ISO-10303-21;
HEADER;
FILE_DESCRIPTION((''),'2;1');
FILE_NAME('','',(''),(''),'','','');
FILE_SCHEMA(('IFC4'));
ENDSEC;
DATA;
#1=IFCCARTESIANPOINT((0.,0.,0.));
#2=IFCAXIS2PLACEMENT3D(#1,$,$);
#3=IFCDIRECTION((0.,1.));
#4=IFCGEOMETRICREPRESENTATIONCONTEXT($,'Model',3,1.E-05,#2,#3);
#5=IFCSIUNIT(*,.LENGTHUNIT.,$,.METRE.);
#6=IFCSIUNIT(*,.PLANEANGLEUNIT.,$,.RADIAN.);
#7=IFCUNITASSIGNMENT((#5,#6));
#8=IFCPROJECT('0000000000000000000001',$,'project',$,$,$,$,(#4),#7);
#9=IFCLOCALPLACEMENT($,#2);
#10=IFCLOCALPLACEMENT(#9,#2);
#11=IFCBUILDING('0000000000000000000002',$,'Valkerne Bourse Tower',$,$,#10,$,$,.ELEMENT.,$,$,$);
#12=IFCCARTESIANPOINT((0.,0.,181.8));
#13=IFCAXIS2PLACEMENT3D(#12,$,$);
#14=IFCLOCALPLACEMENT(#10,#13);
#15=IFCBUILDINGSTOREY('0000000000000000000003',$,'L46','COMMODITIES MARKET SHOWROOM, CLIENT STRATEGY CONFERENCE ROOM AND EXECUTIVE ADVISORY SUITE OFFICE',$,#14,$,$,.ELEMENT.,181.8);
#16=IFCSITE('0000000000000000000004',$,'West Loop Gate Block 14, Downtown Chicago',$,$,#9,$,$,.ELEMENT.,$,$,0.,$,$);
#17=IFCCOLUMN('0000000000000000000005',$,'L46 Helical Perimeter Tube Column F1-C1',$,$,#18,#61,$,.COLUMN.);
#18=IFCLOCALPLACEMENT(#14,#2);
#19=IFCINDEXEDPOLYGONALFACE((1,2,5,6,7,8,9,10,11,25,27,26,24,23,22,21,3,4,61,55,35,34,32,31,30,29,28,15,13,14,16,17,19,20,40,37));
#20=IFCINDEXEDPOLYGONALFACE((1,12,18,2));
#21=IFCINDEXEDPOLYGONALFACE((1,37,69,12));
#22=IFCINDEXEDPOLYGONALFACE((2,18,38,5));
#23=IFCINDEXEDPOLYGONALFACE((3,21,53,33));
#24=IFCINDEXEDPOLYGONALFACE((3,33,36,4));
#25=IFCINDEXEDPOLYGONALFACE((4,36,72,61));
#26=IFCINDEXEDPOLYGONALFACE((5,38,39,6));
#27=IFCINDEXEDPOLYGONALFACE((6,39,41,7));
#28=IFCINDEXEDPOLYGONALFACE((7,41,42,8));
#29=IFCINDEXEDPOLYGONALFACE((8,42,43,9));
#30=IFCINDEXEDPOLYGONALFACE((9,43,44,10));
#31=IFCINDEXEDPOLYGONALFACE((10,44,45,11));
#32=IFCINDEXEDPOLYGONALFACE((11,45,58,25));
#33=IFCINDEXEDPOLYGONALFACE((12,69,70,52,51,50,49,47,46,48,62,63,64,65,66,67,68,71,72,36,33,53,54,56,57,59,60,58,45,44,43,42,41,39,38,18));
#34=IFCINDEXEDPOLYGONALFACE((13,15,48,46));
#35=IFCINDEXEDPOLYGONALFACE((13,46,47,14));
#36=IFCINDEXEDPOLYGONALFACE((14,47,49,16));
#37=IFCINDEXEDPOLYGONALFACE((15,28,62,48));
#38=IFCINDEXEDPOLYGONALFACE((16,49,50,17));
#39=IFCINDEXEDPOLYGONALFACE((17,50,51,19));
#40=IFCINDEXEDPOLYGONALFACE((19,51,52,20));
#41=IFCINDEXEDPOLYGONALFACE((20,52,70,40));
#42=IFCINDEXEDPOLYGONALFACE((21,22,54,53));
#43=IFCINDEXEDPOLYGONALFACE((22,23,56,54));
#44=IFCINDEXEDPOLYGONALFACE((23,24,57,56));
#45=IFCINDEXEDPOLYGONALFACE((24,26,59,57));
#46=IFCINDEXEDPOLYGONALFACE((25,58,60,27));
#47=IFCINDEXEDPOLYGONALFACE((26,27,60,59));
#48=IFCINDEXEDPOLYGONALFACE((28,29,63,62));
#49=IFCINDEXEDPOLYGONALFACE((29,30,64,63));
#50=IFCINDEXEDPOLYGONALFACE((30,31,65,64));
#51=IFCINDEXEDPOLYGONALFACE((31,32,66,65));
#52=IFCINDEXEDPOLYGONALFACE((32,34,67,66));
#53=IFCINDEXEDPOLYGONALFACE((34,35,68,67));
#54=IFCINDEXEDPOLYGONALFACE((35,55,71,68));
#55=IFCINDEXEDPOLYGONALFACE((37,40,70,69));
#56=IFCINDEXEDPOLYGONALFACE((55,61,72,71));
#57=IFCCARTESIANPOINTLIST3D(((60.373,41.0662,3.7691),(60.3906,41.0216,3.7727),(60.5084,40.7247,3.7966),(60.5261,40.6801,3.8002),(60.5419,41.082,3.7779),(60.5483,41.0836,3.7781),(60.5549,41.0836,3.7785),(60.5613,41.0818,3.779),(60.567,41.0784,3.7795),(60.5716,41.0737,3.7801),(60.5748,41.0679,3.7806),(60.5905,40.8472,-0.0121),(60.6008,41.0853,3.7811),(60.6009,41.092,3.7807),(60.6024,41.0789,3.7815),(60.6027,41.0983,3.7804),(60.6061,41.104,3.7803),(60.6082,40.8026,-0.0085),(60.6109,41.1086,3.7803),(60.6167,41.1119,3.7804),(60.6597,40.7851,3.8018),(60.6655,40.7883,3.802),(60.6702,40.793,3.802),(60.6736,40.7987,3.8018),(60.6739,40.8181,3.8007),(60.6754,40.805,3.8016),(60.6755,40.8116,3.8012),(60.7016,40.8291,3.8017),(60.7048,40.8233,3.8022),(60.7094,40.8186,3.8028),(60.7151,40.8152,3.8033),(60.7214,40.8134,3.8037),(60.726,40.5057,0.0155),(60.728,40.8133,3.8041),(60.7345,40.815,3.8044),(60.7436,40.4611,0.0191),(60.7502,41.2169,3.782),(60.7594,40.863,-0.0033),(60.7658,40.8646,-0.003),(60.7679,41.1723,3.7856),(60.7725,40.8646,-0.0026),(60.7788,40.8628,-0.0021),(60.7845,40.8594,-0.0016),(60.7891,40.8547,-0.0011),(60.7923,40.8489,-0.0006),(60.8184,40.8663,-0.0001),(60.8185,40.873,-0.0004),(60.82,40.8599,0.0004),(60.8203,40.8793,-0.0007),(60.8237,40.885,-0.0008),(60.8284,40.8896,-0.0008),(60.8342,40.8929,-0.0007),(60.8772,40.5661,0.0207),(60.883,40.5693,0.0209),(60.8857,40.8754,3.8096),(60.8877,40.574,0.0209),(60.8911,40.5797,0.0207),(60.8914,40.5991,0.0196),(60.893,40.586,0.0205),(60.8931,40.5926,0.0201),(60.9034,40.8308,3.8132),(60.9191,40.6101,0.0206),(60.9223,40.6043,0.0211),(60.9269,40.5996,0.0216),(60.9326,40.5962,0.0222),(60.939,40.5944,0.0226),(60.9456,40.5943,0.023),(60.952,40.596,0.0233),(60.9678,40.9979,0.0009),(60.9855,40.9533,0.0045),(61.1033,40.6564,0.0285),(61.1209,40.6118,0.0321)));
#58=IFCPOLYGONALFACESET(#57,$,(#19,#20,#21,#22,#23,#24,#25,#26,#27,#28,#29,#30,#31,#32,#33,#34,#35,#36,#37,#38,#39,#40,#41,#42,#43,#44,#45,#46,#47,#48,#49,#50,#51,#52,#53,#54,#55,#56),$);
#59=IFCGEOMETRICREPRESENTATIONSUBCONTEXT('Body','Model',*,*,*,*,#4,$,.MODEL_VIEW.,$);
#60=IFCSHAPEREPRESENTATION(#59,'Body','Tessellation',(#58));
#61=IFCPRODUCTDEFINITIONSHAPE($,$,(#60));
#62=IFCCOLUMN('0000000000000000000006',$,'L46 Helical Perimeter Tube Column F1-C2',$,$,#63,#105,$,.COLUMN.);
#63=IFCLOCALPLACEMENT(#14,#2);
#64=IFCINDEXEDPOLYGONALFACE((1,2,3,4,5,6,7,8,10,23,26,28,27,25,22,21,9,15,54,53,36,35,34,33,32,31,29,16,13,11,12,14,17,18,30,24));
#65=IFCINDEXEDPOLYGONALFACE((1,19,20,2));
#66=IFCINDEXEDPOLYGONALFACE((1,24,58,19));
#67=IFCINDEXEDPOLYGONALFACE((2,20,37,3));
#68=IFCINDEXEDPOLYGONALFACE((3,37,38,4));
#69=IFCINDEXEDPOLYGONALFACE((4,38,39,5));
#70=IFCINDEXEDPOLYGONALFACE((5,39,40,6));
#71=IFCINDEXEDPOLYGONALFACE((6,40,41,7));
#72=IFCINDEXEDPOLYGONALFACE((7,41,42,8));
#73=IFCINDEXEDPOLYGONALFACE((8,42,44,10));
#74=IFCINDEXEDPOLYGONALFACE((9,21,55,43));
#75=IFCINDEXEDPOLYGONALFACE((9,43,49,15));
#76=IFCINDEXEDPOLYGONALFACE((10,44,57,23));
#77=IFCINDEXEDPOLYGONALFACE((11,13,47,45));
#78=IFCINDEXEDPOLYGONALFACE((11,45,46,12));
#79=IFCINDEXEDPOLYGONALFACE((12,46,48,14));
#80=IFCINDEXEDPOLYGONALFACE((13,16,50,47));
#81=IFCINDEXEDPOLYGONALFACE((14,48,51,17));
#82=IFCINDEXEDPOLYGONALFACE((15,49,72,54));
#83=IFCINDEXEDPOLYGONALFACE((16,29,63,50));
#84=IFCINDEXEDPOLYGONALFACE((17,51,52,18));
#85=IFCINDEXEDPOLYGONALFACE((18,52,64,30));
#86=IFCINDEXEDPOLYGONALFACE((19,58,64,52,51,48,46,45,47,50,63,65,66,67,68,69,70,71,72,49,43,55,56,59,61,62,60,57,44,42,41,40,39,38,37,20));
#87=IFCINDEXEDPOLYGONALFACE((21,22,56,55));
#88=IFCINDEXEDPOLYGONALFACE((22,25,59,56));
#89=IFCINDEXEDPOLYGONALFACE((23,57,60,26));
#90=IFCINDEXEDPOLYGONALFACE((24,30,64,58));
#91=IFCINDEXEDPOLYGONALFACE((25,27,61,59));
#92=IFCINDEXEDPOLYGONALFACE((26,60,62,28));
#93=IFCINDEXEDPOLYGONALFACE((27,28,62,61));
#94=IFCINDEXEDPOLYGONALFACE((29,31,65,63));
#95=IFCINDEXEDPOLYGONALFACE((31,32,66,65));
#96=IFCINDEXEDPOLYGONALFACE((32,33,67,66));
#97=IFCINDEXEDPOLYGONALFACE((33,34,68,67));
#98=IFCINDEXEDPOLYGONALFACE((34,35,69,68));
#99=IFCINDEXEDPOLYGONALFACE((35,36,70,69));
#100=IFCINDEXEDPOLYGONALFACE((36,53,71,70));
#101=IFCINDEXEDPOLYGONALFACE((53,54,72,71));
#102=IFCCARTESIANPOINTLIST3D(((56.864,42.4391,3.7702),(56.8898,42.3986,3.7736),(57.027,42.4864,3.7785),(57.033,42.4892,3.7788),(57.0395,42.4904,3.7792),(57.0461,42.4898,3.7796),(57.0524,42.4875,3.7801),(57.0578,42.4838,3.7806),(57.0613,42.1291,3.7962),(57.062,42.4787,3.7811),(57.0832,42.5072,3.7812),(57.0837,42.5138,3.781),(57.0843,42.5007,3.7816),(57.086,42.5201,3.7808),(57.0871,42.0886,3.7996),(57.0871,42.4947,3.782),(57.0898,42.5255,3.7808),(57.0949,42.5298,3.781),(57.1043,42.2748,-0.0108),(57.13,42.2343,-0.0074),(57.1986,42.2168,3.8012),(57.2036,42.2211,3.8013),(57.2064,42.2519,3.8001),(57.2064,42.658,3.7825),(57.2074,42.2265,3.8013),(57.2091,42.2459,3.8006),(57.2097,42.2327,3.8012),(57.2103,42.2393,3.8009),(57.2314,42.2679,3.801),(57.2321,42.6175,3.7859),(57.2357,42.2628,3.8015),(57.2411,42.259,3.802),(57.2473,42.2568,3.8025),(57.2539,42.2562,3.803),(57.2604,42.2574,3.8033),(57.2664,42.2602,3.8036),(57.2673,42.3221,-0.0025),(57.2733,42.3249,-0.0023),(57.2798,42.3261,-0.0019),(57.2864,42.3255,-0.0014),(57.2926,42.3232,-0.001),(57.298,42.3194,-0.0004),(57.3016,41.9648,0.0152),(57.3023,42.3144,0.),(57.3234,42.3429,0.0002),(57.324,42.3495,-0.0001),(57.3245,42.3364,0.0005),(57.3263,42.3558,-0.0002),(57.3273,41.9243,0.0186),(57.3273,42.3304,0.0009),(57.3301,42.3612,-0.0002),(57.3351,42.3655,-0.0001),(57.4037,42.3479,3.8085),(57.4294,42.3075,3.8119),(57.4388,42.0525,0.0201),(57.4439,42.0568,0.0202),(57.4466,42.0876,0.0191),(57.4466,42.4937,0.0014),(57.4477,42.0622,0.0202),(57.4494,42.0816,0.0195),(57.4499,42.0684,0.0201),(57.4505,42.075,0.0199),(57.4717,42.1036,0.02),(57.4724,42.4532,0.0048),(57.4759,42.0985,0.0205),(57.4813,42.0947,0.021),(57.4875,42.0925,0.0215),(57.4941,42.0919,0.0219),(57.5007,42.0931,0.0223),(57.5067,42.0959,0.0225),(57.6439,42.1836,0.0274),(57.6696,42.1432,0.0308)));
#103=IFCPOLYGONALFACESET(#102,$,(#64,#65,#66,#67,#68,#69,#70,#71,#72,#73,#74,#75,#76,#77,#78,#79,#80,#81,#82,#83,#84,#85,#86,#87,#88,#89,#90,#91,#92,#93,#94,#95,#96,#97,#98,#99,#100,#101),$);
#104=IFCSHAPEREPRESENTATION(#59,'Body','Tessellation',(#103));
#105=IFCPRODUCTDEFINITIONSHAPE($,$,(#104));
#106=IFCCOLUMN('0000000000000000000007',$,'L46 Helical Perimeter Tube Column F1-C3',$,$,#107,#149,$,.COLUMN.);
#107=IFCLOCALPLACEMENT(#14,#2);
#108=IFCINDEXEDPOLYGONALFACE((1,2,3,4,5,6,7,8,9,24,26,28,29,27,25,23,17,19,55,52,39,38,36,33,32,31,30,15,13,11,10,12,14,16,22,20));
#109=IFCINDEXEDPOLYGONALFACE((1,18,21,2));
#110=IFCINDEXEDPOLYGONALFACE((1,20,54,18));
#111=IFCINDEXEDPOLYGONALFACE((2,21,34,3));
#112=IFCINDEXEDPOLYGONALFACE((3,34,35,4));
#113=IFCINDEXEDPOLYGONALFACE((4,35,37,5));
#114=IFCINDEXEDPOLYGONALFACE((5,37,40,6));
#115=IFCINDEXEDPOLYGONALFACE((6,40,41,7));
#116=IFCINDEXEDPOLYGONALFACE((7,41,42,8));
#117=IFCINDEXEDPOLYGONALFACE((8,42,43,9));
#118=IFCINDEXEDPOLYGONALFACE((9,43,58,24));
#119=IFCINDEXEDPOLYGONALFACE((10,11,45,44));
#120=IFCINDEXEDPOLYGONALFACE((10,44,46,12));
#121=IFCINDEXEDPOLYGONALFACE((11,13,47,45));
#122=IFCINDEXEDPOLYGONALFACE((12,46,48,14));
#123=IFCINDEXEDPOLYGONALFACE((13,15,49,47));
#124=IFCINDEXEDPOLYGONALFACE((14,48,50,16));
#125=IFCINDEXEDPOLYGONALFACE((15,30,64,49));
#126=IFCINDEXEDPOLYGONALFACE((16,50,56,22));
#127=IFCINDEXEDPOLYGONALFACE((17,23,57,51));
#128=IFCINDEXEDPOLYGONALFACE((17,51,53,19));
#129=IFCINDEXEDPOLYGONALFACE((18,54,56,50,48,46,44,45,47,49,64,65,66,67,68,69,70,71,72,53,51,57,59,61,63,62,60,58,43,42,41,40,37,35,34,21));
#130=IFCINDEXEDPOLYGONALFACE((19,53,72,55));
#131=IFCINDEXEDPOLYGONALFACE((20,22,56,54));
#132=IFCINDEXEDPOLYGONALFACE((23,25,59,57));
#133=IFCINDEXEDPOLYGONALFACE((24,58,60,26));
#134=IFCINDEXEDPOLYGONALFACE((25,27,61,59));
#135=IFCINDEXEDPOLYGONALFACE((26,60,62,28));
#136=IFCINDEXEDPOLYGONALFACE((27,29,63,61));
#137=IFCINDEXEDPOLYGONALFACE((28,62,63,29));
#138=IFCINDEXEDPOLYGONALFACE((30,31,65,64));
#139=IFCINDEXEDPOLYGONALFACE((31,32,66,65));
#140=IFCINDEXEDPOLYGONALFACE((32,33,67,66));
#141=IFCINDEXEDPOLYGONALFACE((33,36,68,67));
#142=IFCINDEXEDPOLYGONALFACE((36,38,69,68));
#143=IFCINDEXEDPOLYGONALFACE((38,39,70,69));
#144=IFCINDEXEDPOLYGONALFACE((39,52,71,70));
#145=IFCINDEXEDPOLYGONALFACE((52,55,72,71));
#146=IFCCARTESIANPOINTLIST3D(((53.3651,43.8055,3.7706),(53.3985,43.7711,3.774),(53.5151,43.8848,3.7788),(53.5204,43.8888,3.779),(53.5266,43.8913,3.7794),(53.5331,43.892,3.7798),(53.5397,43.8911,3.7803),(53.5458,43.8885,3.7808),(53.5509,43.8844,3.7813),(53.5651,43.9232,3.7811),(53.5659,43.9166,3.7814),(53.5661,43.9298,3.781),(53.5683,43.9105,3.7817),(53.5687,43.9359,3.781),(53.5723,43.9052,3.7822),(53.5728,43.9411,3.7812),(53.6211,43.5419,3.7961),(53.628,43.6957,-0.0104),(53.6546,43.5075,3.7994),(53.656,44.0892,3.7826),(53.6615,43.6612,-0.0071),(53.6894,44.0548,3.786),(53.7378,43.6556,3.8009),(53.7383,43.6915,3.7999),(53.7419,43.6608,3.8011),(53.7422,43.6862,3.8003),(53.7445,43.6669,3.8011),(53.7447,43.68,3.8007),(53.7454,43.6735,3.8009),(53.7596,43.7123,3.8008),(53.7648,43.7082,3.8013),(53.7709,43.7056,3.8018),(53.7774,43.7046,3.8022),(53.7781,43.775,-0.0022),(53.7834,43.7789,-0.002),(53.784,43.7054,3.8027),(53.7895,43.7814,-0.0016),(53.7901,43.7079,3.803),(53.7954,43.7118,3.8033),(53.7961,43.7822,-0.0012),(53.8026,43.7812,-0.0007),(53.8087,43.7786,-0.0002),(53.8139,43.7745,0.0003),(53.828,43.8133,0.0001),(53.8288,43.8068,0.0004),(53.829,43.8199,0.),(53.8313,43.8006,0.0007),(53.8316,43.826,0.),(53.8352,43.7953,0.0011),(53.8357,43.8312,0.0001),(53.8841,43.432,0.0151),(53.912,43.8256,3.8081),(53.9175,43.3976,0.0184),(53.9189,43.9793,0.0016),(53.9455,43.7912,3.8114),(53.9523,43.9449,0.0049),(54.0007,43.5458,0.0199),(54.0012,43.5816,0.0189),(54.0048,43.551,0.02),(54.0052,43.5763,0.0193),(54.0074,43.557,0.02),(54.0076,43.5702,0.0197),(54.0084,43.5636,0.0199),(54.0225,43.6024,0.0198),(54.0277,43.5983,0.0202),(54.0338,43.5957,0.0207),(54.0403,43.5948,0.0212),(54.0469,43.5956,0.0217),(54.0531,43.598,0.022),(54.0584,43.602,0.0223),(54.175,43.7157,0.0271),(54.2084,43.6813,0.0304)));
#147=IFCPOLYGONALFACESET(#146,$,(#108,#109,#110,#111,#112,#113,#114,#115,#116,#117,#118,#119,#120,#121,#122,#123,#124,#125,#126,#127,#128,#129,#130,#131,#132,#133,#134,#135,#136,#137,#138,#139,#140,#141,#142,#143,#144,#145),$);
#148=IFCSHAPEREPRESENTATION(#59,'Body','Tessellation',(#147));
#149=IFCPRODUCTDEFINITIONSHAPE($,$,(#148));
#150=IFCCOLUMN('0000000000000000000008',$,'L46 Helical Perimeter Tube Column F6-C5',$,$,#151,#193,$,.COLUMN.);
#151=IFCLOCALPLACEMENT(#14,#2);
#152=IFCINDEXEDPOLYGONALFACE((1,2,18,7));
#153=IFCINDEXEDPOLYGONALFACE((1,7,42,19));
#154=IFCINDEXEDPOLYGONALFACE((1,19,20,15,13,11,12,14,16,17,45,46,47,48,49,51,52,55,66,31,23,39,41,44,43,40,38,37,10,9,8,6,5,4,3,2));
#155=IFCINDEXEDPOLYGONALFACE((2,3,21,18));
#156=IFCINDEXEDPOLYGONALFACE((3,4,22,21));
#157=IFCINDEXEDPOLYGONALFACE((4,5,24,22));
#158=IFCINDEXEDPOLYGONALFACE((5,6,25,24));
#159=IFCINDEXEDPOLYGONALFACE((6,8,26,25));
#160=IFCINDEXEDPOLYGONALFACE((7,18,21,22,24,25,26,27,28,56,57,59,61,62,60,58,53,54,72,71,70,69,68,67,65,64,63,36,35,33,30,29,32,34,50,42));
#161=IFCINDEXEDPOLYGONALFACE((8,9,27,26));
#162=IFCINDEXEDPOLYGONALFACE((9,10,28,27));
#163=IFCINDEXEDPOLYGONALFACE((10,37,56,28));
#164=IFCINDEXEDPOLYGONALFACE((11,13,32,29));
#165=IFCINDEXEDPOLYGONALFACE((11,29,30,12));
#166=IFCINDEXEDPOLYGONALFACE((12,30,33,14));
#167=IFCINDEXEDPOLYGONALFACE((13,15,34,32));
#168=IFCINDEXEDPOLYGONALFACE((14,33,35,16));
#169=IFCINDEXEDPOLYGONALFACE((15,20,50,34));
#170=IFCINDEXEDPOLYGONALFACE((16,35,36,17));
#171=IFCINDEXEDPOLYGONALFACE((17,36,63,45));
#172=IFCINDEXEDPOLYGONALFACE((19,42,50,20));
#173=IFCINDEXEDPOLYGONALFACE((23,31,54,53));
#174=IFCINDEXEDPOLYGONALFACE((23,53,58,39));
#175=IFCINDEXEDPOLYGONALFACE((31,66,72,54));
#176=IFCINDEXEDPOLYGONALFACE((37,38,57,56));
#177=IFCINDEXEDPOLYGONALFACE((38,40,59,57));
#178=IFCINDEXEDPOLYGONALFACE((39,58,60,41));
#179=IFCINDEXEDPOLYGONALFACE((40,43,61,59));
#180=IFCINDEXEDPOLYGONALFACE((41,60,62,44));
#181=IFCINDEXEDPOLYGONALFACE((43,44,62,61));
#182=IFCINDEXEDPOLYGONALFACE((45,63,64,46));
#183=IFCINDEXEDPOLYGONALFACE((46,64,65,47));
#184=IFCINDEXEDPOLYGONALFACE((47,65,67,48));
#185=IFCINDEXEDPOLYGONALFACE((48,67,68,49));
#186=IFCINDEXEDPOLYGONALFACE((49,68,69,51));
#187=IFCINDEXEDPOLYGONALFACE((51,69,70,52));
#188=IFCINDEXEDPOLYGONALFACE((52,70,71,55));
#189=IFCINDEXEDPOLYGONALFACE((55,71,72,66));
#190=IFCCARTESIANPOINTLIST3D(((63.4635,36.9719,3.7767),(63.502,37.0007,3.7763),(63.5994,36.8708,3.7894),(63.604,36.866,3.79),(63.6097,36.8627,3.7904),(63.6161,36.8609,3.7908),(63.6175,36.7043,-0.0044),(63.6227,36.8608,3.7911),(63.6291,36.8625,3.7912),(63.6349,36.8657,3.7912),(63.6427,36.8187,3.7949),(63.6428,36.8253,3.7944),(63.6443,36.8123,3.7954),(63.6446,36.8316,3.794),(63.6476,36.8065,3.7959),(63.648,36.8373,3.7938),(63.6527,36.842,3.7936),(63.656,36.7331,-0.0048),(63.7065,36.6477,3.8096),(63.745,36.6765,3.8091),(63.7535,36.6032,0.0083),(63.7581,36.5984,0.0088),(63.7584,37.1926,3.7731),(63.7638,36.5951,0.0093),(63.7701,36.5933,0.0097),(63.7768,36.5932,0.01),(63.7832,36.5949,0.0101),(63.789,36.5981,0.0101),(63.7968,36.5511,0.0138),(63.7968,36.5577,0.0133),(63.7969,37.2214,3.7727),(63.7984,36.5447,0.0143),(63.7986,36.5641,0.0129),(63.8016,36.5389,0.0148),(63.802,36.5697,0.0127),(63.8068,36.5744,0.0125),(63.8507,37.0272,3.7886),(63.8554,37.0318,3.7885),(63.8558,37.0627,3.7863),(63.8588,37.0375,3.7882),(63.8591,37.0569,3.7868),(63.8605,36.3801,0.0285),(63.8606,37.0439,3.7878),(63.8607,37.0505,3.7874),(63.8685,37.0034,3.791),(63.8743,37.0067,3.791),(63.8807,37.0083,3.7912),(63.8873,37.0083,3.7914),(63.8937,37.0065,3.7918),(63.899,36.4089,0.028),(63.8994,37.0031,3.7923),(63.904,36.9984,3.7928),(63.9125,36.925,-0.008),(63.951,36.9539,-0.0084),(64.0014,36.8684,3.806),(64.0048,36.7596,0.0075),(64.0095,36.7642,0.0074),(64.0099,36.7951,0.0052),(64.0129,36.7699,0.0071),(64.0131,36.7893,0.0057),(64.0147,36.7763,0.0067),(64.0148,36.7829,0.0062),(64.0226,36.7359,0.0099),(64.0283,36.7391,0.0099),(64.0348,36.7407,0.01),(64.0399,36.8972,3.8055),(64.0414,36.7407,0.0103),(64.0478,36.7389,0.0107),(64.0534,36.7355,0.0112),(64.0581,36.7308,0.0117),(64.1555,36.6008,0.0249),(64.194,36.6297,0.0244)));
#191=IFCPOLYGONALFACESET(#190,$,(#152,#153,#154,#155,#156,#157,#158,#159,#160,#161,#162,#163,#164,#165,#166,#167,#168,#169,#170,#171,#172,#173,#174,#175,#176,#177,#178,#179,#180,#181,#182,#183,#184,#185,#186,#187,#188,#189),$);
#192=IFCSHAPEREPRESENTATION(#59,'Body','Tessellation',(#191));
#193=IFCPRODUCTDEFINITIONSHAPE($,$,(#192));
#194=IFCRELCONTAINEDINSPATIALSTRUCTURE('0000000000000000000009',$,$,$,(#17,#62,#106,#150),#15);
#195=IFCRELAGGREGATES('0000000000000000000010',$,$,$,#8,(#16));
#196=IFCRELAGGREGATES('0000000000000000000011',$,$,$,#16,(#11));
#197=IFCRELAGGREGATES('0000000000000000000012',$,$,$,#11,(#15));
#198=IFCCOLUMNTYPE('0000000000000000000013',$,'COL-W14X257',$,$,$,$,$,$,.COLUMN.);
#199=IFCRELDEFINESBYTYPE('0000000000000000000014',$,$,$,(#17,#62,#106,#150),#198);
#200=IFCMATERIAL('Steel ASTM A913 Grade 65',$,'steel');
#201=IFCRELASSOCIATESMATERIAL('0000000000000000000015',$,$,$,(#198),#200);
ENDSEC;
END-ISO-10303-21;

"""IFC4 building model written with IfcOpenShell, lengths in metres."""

from ifc_helpers import new_model, si_unit, direction, frame, origin, origin_2d, place, context, subcontext, project, spatial, i_section, extrude, material, material_profile, profile_set, type_object, element, save


model = new_model("IFC4")

# Units and contexts
model_context = context("Model", 3, precision=1e-05, world=origin(), true_north=direction((0.0, 1.0)))
body_context = subcontext(model_context, "Body", "Model", "MODEL_VIEW")
ifc_project = project(units=[si_unit("LENGTHUNIT", "METRE"), si_unit("PLANEANGLEUNIT", "RADIAN")], contexts=[model_context])

# Site, building, storey
site_placement = place(None, origin())
site = spatial("IfcSite", under=ifc_project, at=site_placement, Name="West Loop Gate Block 14, Downtown Chicago", CompositionType="ELEMENT", RefElevation=0.0)
building_placement = place(site_placement, origin())
building = spatial("IfcBuilding", under=site, at=building_placement, Name="Valkerne Bourse Tower", CompositionType="ELEMENT")
storey_placement = place(building_placement, frame((0.0, 0.0, 181.8)))
storey = spatial("IfcBuildingStorey", under=building, at=storey_placement, Name="L46", Description="COMMODITIES MARKET SHOWROOM, CLIENT STRATEGY CONFERENCE ROOM AND EXECUTIVE ADVISORY SUITE OFFICE", CompositionType="ELEMENT", Elevation=181.8)

# Columns
ifc_material_1 = material(Name="Steel ASTM A913 Grade 65", Category="steel")
ifc_material_profile_1 = material_profile(ifc_material_1, i_section(OverallWidth=0.4065, OverallDepth=0.4165, WebThickness=0.0298, FlangeThickness=0.0481, FilletRadius=0.0254, at=origin_2d()), Name="W14X257")
ifc_profile_set_1 = profile_set([ifc_material_profile_1], Name="Steel ASTM A913 Grade 65")
column_type = type_object("IfcColumnType", Name="COL-W14X257", PredefinedType="COLUMN", material=ifc_profile_set_1)
column_1_placement = place(storey_placement, frame((60.8557, 40.7295, 0.01), z_axis=(-0.057341, 0.057727, 0.996684), x_axis=(0.928166, 0.370795, 0.031923)))
element("IfcColumn", 1, at=column_1_placement, inside=storey, type_object=column_type, Name="L46 Helical Perimeter Tube Column F1-C1", PredefinedType="COLUMN", context=body_context, shape_type="SweptSolid", body=[
    extrude(i_section(OverallWidth=0.4065, OverallDepth=0.4165, WebThickness=0.0298, FlangeThickness=0.0481, FilletRadius=0.0254, at=origin_2d()), origin(), (0.0, 0.0, 1.0), 3.7937),
])
column_2_placement = place(storey_placement, frame((57.387, 42.209, 0.01), z_axis=(-0.06335, 0.043328, 0.99705), x_axis=(0.842154, 0.538396, 0.030112)))
element("IfcColumn", 2, at=column_2_placement, inside=storey, type_object=column_type, Name="L46 Helical Perimeter Tube Column F1-C2", PredefinedType="COLUMN", context=body_context, shape_type="SweptSolid", body=[
    extrude(i_section(OverallWidth=0.4065, OverallDepth=0.4165, WebThickness=0.0298, FlangeThickness=0.0481, FilletRadius=0.0254, at=origin_2d()), origin(), (0.0, 0.0, 1.0), 3.7922),
])
column_3_placement = place(storey_placement, frame((53.9182, 43.6885, 0.01), z_axis=(-0.069346, 0.028974, 0.997172), x_axis=(0.715601, 0.697887, 0.029486)))
element("IfcColumn", 3, at=column_3_placement, inside=storey, type_object=column_type, Name="L46 Helical Perimeter Tube Column F1-C3", PredefinedType="COLUMN", context=body_context, shape_type="SweptSolid", body=[
    extrude(i_section(OverallWidth=0.4065, OverallDepth=0.4165, WebThickness=0.0298, FlangeThickness=0.0481, FilletRadius=0.0254, at=origin_2d()), origin(), (0.0, 0.0, 1.0), 3.7917),
])
column_4_placement = place(storey_placement, frame((63.9058, 36.667, 0.01), z_axis=(-0.040609, 0.070534, 0.996682), x_axis=(0.597804, -0.79756, 0.080799)))
element("IfcColumn", 4, at=column_4_placement, inside=storey, type_object=column_type, Name="L46 Helical Perimeter Tube Column F6-C5", PredefinedType="COLUMN", context=body_context, shape_type="SweptSolid", body=[
    extrude(i_section(OverallWidth=0.4065, OverallDepth=0.4165, WebThickness=0.0298, FlangeThickness=0.0481, FilletRadius=0.0254, at=origin_2d()), origin(), (0.0, 0.0, 1.0), 3.7937),
])

save(model, "model.ifc")
